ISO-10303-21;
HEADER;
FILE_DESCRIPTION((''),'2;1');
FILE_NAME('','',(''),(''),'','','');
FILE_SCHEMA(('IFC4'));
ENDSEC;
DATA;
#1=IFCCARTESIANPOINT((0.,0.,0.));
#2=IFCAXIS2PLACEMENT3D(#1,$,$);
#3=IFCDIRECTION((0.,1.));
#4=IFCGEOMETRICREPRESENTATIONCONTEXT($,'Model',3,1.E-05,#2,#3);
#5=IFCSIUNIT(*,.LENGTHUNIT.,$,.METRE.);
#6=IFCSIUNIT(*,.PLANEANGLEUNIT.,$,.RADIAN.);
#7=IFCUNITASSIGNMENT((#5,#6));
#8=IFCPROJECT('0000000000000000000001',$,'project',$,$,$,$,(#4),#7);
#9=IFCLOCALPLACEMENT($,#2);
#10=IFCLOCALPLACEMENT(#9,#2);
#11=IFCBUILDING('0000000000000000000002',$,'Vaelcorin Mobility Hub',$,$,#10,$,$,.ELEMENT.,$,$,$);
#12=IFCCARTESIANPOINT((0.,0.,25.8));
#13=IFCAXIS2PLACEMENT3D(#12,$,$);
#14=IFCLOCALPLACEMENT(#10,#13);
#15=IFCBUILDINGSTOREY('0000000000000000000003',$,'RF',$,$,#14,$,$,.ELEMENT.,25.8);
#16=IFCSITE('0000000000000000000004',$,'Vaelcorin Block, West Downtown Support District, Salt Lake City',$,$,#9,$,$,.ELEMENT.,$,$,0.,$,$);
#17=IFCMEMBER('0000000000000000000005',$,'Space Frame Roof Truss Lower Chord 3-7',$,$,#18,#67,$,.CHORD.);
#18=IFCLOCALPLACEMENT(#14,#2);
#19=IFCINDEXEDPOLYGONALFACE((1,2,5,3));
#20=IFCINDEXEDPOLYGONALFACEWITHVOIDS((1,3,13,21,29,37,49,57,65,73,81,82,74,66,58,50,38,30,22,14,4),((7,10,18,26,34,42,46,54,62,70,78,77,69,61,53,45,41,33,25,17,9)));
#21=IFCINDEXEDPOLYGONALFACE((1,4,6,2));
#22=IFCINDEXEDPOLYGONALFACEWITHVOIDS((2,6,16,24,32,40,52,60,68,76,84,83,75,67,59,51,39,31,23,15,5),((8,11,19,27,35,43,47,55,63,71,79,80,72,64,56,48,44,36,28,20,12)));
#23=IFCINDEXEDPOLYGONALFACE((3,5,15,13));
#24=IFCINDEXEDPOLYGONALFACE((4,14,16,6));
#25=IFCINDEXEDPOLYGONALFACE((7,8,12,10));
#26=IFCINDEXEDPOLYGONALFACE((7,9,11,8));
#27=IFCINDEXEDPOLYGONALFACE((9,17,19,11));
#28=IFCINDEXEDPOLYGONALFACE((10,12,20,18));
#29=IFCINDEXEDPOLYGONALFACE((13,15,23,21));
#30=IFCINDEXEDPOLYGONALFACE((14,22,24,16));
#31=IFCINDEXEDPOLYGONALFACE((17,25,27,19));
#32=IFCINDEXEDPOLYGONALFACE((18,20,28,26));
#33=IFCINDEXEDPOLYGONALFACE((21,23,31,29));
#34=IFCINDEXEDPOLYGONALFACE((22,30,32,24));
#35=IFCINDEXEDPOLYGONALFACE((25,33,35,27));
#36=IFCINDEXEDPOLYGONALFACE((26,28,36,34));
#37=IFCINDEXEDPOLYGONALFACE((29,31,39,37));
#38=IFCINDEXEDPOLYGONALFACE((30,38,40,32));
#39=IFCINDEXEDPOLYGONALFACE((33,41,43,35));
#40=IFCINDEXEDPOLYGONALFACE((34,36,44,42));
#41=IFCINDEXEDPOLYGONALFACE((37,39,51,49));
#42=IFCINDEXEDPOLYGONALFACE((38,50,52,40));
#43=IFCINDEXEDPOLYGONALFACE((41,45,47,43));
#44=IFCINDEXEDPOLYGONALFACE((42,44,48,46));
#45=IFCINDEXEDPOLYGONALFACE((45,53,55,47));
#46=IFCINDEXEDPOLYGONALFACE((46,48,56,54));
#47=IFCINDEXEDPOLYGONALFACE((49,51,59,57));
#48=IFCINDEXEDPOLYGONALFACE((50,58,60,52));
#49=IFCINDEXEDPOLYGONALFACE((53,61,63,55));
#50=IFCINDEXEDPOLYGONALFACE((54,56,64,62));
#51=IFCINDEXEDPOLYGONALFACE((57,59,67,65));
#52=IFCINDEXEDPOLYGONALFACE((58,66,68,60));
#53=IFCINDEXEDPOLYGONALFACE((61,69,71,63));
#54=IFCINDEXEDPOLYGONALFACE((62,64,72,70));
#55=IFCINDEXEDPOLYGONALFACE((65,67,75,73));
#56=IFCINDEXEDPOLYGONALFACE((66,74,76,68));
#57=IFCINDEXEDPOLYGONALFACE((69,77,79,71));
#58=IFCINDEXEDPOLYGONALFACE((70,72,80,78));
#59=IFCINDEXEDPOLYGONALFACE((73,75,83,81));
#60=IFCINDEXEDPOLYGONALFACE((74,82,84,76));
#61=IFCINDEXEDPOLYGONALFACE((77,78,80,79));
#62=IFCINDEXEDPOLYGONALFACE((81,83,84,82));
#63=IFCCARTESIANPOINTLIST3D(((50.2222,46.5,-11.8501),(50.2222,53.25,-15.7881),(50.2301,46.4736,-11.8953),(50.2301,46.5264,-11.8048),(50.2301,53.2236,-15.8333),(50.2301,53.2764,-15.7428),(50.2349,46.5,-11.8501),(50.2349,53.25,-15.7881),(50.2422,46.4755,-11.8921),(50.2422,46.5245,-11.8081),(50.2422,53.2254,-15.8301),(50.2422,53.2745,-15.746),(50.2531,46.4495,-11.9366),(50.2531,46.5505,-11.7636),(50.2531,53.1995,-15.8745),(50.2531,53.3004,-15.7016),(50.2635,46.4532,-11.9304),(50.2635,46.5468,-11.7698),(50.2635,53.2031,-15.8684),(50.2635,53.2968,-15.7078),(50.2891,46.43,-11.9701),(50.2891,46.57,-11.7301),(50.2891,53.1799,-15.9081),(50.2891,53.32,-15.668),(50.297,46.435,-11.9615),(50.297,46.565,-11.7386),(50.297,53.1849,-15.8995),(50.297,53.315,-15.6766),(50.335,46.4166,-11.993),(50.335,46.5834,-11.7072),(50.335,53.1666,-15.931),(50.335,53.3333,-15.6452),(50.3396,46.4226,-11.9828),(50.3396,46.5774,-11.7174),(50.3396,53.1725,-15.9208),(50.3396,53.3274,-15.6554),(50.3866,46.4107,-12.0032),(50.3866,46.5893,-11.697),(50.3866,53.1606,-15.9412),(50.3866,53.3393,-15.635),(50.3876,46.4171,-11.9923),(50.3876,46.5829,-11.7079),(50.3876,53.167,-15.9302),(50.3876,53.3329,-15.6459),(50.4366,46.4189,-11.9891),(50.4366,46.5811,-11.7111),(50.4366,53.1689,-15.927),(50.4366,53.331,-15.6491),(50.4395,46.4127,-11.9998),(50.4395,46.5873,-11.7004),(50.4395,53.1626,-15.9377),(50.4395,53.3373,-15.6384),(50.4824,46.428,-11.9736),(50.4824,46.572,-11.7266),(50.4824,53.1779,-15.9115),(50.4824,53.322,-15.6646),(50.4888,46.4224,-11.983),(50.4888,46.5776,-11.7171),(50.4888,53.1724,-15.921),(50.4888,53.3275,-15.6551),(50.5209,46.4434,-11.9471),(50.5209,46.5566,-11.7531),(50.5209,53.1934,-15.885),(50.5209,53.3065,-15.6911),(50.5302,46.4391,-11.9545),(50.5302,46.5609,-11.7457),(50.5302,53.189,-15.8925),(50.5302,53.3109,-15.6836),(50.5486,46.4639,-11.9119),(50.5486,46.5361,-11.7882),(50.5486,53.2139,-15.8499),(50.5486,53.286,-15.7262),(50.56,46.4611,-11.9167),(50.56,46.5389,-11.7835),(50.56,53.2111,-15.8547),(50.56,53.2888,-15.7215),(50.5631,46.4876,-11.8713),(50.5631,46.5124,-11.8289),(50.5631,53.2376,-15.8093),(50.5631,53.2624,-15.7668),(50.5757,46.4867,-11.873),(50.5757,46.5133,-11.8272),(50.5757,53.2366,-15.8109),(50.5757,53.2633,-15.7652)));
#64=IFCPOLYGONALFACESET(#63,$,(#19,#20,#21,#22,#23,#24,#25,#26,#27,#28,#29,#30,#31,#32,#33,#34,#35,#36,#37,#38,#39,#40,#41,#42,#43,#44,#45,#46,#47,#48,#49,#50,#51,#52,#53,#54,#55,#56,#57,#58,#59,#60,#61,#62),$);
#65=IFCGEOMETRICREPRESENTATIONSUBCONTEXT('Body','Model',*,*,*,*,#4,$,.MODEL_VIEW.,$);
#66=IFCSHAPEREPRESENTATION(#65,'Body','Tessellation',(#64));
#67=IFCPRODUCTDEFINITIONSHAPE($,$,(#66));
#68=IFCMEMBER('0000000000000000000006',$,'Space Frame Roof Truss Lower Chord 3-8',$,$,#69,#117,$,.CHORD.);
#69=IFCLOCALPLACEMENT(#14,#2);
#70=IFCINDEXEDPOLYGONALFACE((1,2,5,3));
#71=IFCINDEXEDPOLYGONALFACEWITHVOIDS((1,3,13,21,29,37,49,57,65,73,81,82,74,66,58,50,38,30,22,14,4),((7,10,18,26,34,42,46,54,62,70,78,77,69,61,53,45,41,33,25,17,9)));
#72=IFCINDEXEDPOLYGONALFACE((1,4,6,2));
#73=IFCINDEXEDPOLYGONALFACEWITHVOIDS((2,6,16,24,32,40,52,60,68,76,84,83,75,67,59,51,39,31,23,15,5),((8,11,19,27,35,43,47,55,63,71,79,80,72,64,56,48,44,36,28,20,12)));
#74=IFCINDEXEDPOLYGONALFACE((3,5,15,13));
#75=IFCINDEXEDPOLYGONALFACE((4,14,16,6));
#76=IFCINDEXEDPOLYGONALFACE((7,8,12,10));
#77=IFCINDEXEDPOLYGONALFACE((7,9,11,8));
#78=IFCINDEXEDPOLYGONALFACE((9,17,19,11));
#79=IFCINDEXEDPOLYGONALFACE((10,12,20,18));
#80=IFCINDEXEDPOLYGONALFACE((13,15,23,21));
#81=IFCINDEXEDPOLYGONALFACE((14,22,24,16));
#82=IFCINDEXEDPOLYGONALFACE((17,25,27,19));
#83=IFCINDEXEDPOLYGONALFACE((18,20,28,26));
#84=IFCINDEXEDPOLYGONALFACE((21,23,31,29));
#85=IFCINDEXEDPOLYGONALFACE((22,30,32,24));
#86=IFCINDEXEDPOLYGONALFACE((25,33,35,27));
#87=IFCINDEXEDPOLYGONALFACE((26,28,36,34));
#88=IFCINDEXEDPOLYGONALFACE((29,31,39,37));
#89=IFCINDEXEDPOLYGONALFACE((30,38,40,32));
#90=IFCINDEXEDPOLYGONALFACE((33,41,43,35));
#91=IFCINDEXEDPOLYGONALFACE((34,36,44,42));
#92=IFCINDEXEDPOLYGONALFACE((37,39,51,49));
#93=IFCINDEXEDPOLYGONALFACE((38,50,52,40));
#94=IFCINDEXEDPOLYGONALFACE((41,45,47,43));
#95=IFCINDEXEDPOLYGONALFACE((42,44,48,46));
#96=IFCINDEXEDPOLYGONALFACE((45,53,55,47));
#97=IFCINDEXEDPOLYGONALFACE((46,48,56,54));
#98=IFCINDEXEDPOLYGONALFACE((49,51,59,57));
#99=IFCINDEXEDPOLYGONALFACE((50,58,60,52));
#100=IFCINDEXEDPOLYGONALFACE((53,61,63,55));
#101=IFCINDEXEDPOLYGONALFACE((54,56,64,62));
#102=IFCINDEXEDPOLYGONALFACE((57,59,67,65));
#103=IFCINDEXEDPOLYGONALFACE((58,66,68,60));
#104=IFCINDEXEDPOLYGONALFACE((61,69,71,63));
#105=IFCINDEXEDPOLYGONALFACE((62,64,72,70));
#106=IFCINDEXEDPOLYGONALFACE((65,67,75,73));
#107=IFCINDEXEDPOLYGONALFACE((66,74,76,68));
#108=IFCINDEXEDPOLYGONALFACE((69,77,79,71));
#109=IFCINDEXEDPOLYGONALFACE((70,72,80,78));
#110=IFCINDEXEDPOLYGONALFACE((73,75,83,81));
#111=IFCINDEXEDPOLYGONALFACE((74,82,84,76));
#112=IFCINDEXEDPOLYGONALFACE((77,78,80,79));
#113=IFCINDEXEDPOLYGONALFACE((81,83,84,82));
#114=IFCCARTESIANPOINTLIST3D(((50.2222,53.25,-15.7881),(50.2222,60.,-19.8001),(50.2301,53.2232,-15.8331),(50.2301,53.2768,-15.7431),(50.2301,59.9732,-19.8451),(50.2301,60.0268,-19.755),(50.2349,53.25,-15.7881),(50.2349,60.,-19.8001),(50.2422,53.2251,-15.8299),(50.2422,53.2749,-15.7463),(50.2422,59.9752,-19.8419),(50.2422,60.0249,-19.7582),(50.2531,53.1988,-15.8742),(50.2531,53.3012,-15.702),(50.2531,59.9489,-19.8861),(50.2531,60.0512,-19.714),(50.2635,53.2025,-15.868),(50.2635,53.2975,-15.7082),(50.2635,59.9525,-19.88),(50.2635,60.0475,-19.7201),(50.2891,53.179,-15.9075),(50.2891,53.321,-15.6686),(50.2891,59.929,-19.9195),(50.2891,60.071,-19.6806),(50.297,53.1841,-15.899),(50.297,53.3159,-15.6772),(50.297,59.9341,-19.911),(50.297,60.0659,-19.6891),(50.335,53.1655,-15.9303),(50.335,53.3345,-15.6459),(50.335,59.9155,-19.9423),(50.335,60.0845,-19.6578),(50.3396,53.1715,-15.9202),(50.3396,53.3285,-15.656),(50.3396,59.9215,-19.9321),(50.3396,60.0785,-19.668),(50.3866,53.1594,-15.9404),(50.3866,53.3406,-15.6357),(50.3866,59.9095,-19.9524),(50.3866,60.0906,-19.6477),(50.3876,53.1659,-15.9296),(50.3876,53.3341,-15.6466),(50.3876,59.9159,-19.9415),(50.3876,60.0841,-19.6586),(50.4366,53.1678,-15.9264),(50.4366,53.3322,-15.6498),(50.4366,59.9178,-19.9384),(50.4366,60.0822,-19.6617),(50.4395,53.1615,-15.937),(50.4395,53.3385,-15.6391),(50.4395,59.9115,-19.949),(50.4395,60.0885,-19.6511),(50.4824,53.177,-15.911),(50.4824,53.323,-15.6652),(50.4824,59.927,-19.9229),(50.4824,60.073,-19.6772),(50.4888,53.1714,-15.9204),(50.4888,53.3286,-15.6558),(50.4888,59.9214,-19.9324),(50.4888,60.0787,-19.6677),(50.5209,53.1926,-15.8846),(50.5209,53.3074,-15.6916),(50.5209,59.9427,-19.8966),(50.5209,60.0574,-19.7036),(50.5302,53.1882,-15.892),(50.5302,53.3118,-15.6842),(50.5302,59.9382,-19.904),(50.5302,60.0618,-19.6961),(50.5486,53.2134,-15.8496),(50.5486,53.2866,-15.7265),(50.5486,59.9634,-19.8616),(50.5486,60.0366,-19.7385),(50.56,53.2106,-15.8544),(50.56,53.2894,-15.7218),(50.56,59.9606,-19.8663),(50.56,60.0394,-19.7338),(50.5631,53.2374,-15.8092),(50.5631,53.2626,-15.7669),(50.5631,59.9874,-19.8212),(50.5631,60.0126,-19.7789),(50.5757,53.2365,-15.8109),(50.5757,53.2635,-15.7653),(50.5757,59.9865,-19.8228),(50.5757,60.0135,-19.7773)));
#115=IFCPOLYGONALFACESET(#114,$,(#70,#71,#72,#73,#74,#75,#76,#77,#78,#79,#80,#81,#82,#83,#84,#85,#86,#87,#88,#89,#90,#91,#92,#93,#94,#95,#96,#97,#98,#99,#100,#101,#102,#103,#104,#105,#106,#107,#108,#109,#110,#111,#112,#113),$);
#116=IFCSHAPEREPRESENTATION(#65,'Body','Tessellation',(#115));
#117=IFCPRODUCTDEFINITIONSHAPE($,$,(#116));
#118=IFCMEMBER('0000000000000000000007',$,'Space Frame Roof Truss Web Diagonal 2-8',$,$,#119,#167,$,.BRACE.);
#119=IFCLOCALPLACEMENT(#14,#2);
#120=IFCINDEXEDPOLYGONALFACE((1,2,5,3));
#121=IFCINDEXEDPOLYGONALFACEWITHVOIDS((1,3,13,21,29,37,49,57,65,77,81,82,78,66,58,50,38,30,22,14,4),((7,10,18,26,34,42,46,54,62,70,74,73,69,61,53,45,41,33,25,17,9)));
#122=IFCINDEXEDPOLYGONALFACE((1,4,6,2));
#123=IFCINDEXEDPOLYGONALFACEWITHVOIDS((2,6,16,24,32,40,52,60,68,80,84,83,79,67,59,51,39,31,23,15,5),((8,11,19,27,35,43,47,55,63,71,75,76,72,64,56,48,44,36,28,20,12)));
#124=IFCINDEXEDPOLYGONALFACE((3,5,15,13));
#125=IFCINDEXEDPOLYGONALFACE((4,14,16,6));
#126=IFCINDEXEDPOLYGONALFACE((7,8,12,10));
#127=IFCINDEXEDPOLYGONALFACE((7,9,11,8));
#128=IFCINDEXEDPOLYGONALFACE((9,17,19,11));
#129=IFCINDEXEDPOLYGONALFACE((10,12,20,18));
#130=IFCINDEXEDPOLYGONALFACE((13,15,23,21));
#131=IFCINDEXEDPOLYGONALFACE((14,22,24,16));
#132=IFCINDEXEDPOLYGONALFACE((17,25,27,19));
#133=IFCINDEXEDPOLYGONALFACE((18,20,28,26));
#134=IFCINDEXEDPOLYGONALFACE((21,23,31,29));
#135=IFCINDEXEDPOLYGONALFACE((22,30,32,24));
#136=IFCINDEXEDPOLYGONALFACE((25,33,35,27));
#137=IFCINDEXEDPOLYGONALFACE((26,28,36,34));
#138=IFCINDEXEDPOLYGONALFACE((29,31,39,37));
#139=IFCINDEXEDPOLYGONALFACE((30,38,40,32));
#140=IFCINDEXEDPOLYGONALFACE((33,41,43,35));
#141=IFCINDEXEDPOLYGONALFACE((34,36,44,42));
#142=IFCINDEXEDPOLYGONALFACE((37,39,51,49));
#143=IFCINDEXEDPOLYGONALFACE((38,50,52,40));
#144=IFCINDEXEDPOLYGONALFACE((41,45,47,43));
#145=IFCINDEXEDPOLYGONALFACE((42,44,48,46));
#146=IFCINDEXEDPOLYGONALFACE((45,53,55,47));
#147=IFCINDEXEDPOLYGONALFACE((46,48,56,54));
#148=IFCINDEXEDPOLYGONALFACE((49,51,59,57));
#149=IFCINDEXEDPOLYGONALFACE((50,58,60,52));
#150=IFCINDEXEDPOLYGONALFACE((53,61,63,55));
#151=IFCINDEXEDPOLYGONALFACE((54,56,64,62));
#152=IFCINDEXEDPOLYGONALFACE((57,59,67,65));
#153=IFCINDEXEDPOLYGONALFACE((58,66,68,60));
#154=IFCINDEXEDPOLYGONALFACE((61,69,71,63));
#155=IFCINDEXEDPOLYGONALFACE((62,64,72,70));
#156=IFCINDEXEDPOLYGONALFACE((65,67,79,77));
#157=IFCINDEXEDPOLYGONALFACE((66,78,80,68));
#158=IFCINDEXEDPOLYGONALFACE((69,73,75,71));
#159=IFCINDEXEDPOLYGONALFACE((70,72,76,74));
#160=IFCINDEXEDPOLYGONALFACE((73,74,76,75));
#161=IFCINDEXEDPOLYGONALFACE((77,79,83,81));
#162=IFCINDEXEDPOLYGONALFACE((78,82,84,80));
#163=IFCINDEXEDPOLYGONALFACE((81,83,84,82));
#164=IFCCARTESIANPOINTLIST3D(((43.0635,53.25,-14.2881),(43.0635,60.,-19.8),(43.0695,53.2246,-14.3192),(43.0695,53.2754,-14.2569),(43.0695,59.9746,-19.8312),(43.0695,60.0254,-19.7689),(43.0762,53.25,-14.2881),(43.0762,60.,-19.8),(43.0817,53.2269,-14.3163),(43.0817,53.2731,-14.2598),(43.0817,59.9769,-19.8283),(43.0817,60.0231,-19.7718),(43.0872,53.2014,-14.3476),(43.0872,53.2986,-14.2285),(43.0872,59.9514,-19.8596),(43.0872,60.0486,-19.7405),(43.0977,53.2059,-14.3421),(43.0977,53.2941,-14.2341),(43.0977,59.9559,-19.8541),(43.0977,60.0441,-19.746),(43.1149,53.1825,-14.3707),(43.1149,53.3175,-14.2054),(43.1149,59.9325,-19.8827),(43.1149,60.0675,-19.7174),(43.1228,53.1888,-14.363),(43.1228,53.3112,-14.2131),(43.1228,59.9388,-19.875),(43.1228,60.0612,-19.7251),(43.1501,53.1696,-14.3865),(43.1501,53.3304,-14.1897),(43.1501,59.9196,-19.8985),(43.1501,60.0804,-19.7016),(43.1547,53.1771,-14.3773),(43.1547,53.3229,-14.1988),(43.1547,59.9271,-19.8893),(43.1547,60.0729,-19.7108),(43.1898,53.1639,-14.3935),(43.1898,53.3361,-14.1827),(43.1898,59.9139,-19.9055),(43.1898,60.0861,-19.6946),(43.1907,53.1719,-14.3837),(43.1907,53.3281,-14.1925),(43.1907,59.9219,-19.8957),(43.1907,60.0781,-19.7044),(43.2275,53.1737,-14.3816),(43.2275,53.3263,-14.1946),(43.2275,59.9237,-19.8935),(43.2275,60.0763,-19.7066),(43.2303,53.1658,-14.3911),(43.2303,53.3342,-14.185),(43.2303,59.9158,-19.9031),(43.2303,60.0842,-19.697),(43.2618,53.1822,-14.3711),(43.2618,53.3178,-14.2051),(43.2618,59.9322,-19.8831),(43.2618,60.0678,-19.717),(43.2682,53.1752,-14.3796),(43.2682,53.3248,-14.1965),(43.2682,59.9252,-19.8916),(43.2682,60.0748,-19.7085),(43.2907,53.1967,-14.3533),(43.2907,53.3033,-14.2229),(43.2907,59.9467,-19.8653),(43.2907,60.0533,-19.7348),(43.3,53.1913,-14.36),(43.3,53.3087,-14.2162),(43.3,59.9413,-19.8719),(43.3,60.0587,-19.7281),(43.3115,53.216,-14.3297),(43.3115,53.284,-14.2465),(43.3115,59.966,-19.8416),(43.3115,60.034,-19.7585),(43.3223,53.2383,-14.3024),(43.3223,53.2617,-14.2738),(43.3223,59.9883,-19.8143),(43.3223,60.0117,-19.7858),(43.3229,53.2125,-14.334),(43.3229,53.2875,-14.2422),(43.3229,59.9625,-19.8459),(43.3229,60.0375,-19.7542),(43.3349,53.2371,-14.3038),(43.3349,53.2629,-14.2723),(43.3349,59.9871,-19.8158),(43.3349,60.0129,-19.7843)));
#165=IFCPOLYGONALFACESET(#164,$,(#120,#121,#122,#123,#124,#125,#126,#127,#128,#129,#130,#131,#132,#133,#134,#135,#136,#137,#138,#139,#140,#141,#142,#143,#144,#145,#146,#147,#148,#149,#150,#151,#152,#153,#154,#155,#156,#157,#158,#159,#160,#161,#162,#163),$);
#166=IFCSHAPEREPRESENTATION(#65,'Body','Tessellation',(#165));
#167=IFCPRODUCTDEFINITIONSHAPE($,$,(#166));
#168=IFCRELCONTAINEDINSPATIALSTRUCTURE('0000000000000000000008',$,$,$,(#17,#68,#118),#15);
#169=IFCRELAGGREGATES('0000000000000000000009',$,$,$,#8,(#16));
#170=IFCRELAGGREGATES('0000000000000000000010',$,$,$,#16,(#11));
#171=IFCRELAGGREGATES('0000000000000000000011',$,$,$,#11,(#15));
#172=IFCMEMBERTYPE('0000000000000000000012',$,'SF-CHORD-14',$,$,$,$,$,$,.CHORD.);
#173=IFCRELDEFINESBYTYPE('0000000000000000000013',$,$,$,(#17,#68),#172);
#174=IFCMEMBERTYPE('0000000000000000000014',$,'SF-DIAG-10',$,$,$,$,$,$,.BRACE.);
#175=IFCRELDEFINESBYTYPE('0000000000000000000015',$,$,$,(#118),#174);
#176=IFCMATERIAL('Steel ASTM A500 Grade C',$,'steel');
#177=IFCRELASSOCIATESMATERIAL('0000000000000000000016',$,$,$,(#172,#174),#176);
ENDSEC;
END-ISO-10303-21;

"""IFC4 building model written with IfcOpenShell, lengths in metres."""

from ifc_helpers import new_model, si_unit, direction, frame, origin, origin_2d, place, context, subcontext, project, spatial, hollow_circle, extrude, material, material_profile, profile_set, type_object, element, save


model = new_model("IFC4")

# Units and contexts
model_context = context("Model", 3, precision=1e-05, world=origin(), true_north=direction((0.0, 1.0)))
body_context = subcontext(model_context, "Body", "Model", "MODEL_VIEW")
ifc_project = project(units=[si_unit("LENGTHUNIT", "METRE"), si_unit("PLANEANGLEUNIT", "RADIAN")], contexts=[model_context])

# Site, building, storey
site_placement = place(None, origin())
site = spatial("IfcSite", under=ifc_project, at=site_placement, Name="Vaelcorin Block, West Downtown Support District, Salt Lake City", CompositionType="ELEMENT", RefElevation=0.0)
building_placement = place(site_placement, origin())
building = spatial("IfcBuilding", under=site, at=building_placement, Name="Vaelcorin Mobility Hub", CompositionType="ELEMENT")
storey_placement = place(building_placement, frame((0.0, 0.0, 25.8)))
storey = spatial("IfcBuildingStorey", under=building, at=storey_placement, Name="RF", CompositionType="ELEMENT", Elevation=25.8)

# Members
ifc_material_1 = material(Name="Steel ASTM A500 Grade C", Category="steel")
ifc_material_profile_1 = material_profile(ifc_material_1, hollow_circle(Radius=0.1777, WallThickness=0.0127, at=origin_2d()), Name="HSS14.000X0.500")
ifc_profile_set_1 = profile_set([ifc_material_profile_1], Name="Steel ASTM A500 Grade C")
member_type_1 = type_object("IfcMemberType", Name="SF-CHORD-14", PredefinedType="CHORD", material=ifc_profile_set_1)
member_1_placement = place(storey_placement, frame((50.3999, 46.5, -11.8501), z_axis=(0.0, 0.863752, -0.503918), x_axis=(-1.0, 0.0, 0.0)))
element("IfcMember", 1, at=member_1_placement, inside=storey, type_object=member_type_1, Name="Space Frame Roof Truss Lower Chord 3-7", PredefinedType="CHORD", context=body_context, shape_type="SweptSolid", body=[
    extrude(hollow_circle(Radius=0.1777, WallThickness=0.0127, at=origin_2d()), origin(), (0.0, 0.0, 1.0), 7.8147),
])
member_2_placement = place(storey_placement, frame((50.3999, 53.25, -15.7881), z_axis=(0.0, 0.859623, -0.510929), x_axis=(-1.0, 0.0, 0.0)))
element("IfcMember", 2, at=member_2_placement, inside=storey, type_object=member_type_1, Name="Space Frame Roof Truss Lower Chord 3-8", PredefinedType="CHORD", context=body_context, shape_type="SweptSolid", body=[
    extrude(hollow_circle(Radius=0.1777, WallThickness=0.0127, at=origin_2d()), origin(), (0.0, 0.0, 1.0), 7.8523),
])
ifc_material_profile_2 = material_profile(ifc_material_1, hollow_circle(Radius=0.1365, WallThickness=0.0127, at=origin_2d()), Name="HSS10.750X0.500")
ifc_profile_set_2 = profile_set([ifc_material_profile_2], Name="Steel ASTM A500 Grade C")
member_type_2 = type_object("IfcMemberType", Name="SF-DIAG-10", PredefinedType="BRACE", material=ifc_profile_set_2)
member_3_placement = place(storey_placement, frame((43.2, 53.25, -14.2881), z_axis=(0.0, 0.774562, -0.632498), x_axis=(-1.0, 0.0, 0.0)))
element("IfcMember", 3, at=member_3_placement, inside=storey, type_object=member_type_2, Name="Space Frame Roof Truss Web Diagonal 2-8", PredefinedType="BRACE", context=body_context, shape_type="SweptSolid", body=[
    extrude(hollow_circle(Radius=0.1365, WallThickness=0.0127, at=origin_2d()), origin(), (0.0, 0.0, 1.0), 8.7146),
])

save(model, "model.ifc")
